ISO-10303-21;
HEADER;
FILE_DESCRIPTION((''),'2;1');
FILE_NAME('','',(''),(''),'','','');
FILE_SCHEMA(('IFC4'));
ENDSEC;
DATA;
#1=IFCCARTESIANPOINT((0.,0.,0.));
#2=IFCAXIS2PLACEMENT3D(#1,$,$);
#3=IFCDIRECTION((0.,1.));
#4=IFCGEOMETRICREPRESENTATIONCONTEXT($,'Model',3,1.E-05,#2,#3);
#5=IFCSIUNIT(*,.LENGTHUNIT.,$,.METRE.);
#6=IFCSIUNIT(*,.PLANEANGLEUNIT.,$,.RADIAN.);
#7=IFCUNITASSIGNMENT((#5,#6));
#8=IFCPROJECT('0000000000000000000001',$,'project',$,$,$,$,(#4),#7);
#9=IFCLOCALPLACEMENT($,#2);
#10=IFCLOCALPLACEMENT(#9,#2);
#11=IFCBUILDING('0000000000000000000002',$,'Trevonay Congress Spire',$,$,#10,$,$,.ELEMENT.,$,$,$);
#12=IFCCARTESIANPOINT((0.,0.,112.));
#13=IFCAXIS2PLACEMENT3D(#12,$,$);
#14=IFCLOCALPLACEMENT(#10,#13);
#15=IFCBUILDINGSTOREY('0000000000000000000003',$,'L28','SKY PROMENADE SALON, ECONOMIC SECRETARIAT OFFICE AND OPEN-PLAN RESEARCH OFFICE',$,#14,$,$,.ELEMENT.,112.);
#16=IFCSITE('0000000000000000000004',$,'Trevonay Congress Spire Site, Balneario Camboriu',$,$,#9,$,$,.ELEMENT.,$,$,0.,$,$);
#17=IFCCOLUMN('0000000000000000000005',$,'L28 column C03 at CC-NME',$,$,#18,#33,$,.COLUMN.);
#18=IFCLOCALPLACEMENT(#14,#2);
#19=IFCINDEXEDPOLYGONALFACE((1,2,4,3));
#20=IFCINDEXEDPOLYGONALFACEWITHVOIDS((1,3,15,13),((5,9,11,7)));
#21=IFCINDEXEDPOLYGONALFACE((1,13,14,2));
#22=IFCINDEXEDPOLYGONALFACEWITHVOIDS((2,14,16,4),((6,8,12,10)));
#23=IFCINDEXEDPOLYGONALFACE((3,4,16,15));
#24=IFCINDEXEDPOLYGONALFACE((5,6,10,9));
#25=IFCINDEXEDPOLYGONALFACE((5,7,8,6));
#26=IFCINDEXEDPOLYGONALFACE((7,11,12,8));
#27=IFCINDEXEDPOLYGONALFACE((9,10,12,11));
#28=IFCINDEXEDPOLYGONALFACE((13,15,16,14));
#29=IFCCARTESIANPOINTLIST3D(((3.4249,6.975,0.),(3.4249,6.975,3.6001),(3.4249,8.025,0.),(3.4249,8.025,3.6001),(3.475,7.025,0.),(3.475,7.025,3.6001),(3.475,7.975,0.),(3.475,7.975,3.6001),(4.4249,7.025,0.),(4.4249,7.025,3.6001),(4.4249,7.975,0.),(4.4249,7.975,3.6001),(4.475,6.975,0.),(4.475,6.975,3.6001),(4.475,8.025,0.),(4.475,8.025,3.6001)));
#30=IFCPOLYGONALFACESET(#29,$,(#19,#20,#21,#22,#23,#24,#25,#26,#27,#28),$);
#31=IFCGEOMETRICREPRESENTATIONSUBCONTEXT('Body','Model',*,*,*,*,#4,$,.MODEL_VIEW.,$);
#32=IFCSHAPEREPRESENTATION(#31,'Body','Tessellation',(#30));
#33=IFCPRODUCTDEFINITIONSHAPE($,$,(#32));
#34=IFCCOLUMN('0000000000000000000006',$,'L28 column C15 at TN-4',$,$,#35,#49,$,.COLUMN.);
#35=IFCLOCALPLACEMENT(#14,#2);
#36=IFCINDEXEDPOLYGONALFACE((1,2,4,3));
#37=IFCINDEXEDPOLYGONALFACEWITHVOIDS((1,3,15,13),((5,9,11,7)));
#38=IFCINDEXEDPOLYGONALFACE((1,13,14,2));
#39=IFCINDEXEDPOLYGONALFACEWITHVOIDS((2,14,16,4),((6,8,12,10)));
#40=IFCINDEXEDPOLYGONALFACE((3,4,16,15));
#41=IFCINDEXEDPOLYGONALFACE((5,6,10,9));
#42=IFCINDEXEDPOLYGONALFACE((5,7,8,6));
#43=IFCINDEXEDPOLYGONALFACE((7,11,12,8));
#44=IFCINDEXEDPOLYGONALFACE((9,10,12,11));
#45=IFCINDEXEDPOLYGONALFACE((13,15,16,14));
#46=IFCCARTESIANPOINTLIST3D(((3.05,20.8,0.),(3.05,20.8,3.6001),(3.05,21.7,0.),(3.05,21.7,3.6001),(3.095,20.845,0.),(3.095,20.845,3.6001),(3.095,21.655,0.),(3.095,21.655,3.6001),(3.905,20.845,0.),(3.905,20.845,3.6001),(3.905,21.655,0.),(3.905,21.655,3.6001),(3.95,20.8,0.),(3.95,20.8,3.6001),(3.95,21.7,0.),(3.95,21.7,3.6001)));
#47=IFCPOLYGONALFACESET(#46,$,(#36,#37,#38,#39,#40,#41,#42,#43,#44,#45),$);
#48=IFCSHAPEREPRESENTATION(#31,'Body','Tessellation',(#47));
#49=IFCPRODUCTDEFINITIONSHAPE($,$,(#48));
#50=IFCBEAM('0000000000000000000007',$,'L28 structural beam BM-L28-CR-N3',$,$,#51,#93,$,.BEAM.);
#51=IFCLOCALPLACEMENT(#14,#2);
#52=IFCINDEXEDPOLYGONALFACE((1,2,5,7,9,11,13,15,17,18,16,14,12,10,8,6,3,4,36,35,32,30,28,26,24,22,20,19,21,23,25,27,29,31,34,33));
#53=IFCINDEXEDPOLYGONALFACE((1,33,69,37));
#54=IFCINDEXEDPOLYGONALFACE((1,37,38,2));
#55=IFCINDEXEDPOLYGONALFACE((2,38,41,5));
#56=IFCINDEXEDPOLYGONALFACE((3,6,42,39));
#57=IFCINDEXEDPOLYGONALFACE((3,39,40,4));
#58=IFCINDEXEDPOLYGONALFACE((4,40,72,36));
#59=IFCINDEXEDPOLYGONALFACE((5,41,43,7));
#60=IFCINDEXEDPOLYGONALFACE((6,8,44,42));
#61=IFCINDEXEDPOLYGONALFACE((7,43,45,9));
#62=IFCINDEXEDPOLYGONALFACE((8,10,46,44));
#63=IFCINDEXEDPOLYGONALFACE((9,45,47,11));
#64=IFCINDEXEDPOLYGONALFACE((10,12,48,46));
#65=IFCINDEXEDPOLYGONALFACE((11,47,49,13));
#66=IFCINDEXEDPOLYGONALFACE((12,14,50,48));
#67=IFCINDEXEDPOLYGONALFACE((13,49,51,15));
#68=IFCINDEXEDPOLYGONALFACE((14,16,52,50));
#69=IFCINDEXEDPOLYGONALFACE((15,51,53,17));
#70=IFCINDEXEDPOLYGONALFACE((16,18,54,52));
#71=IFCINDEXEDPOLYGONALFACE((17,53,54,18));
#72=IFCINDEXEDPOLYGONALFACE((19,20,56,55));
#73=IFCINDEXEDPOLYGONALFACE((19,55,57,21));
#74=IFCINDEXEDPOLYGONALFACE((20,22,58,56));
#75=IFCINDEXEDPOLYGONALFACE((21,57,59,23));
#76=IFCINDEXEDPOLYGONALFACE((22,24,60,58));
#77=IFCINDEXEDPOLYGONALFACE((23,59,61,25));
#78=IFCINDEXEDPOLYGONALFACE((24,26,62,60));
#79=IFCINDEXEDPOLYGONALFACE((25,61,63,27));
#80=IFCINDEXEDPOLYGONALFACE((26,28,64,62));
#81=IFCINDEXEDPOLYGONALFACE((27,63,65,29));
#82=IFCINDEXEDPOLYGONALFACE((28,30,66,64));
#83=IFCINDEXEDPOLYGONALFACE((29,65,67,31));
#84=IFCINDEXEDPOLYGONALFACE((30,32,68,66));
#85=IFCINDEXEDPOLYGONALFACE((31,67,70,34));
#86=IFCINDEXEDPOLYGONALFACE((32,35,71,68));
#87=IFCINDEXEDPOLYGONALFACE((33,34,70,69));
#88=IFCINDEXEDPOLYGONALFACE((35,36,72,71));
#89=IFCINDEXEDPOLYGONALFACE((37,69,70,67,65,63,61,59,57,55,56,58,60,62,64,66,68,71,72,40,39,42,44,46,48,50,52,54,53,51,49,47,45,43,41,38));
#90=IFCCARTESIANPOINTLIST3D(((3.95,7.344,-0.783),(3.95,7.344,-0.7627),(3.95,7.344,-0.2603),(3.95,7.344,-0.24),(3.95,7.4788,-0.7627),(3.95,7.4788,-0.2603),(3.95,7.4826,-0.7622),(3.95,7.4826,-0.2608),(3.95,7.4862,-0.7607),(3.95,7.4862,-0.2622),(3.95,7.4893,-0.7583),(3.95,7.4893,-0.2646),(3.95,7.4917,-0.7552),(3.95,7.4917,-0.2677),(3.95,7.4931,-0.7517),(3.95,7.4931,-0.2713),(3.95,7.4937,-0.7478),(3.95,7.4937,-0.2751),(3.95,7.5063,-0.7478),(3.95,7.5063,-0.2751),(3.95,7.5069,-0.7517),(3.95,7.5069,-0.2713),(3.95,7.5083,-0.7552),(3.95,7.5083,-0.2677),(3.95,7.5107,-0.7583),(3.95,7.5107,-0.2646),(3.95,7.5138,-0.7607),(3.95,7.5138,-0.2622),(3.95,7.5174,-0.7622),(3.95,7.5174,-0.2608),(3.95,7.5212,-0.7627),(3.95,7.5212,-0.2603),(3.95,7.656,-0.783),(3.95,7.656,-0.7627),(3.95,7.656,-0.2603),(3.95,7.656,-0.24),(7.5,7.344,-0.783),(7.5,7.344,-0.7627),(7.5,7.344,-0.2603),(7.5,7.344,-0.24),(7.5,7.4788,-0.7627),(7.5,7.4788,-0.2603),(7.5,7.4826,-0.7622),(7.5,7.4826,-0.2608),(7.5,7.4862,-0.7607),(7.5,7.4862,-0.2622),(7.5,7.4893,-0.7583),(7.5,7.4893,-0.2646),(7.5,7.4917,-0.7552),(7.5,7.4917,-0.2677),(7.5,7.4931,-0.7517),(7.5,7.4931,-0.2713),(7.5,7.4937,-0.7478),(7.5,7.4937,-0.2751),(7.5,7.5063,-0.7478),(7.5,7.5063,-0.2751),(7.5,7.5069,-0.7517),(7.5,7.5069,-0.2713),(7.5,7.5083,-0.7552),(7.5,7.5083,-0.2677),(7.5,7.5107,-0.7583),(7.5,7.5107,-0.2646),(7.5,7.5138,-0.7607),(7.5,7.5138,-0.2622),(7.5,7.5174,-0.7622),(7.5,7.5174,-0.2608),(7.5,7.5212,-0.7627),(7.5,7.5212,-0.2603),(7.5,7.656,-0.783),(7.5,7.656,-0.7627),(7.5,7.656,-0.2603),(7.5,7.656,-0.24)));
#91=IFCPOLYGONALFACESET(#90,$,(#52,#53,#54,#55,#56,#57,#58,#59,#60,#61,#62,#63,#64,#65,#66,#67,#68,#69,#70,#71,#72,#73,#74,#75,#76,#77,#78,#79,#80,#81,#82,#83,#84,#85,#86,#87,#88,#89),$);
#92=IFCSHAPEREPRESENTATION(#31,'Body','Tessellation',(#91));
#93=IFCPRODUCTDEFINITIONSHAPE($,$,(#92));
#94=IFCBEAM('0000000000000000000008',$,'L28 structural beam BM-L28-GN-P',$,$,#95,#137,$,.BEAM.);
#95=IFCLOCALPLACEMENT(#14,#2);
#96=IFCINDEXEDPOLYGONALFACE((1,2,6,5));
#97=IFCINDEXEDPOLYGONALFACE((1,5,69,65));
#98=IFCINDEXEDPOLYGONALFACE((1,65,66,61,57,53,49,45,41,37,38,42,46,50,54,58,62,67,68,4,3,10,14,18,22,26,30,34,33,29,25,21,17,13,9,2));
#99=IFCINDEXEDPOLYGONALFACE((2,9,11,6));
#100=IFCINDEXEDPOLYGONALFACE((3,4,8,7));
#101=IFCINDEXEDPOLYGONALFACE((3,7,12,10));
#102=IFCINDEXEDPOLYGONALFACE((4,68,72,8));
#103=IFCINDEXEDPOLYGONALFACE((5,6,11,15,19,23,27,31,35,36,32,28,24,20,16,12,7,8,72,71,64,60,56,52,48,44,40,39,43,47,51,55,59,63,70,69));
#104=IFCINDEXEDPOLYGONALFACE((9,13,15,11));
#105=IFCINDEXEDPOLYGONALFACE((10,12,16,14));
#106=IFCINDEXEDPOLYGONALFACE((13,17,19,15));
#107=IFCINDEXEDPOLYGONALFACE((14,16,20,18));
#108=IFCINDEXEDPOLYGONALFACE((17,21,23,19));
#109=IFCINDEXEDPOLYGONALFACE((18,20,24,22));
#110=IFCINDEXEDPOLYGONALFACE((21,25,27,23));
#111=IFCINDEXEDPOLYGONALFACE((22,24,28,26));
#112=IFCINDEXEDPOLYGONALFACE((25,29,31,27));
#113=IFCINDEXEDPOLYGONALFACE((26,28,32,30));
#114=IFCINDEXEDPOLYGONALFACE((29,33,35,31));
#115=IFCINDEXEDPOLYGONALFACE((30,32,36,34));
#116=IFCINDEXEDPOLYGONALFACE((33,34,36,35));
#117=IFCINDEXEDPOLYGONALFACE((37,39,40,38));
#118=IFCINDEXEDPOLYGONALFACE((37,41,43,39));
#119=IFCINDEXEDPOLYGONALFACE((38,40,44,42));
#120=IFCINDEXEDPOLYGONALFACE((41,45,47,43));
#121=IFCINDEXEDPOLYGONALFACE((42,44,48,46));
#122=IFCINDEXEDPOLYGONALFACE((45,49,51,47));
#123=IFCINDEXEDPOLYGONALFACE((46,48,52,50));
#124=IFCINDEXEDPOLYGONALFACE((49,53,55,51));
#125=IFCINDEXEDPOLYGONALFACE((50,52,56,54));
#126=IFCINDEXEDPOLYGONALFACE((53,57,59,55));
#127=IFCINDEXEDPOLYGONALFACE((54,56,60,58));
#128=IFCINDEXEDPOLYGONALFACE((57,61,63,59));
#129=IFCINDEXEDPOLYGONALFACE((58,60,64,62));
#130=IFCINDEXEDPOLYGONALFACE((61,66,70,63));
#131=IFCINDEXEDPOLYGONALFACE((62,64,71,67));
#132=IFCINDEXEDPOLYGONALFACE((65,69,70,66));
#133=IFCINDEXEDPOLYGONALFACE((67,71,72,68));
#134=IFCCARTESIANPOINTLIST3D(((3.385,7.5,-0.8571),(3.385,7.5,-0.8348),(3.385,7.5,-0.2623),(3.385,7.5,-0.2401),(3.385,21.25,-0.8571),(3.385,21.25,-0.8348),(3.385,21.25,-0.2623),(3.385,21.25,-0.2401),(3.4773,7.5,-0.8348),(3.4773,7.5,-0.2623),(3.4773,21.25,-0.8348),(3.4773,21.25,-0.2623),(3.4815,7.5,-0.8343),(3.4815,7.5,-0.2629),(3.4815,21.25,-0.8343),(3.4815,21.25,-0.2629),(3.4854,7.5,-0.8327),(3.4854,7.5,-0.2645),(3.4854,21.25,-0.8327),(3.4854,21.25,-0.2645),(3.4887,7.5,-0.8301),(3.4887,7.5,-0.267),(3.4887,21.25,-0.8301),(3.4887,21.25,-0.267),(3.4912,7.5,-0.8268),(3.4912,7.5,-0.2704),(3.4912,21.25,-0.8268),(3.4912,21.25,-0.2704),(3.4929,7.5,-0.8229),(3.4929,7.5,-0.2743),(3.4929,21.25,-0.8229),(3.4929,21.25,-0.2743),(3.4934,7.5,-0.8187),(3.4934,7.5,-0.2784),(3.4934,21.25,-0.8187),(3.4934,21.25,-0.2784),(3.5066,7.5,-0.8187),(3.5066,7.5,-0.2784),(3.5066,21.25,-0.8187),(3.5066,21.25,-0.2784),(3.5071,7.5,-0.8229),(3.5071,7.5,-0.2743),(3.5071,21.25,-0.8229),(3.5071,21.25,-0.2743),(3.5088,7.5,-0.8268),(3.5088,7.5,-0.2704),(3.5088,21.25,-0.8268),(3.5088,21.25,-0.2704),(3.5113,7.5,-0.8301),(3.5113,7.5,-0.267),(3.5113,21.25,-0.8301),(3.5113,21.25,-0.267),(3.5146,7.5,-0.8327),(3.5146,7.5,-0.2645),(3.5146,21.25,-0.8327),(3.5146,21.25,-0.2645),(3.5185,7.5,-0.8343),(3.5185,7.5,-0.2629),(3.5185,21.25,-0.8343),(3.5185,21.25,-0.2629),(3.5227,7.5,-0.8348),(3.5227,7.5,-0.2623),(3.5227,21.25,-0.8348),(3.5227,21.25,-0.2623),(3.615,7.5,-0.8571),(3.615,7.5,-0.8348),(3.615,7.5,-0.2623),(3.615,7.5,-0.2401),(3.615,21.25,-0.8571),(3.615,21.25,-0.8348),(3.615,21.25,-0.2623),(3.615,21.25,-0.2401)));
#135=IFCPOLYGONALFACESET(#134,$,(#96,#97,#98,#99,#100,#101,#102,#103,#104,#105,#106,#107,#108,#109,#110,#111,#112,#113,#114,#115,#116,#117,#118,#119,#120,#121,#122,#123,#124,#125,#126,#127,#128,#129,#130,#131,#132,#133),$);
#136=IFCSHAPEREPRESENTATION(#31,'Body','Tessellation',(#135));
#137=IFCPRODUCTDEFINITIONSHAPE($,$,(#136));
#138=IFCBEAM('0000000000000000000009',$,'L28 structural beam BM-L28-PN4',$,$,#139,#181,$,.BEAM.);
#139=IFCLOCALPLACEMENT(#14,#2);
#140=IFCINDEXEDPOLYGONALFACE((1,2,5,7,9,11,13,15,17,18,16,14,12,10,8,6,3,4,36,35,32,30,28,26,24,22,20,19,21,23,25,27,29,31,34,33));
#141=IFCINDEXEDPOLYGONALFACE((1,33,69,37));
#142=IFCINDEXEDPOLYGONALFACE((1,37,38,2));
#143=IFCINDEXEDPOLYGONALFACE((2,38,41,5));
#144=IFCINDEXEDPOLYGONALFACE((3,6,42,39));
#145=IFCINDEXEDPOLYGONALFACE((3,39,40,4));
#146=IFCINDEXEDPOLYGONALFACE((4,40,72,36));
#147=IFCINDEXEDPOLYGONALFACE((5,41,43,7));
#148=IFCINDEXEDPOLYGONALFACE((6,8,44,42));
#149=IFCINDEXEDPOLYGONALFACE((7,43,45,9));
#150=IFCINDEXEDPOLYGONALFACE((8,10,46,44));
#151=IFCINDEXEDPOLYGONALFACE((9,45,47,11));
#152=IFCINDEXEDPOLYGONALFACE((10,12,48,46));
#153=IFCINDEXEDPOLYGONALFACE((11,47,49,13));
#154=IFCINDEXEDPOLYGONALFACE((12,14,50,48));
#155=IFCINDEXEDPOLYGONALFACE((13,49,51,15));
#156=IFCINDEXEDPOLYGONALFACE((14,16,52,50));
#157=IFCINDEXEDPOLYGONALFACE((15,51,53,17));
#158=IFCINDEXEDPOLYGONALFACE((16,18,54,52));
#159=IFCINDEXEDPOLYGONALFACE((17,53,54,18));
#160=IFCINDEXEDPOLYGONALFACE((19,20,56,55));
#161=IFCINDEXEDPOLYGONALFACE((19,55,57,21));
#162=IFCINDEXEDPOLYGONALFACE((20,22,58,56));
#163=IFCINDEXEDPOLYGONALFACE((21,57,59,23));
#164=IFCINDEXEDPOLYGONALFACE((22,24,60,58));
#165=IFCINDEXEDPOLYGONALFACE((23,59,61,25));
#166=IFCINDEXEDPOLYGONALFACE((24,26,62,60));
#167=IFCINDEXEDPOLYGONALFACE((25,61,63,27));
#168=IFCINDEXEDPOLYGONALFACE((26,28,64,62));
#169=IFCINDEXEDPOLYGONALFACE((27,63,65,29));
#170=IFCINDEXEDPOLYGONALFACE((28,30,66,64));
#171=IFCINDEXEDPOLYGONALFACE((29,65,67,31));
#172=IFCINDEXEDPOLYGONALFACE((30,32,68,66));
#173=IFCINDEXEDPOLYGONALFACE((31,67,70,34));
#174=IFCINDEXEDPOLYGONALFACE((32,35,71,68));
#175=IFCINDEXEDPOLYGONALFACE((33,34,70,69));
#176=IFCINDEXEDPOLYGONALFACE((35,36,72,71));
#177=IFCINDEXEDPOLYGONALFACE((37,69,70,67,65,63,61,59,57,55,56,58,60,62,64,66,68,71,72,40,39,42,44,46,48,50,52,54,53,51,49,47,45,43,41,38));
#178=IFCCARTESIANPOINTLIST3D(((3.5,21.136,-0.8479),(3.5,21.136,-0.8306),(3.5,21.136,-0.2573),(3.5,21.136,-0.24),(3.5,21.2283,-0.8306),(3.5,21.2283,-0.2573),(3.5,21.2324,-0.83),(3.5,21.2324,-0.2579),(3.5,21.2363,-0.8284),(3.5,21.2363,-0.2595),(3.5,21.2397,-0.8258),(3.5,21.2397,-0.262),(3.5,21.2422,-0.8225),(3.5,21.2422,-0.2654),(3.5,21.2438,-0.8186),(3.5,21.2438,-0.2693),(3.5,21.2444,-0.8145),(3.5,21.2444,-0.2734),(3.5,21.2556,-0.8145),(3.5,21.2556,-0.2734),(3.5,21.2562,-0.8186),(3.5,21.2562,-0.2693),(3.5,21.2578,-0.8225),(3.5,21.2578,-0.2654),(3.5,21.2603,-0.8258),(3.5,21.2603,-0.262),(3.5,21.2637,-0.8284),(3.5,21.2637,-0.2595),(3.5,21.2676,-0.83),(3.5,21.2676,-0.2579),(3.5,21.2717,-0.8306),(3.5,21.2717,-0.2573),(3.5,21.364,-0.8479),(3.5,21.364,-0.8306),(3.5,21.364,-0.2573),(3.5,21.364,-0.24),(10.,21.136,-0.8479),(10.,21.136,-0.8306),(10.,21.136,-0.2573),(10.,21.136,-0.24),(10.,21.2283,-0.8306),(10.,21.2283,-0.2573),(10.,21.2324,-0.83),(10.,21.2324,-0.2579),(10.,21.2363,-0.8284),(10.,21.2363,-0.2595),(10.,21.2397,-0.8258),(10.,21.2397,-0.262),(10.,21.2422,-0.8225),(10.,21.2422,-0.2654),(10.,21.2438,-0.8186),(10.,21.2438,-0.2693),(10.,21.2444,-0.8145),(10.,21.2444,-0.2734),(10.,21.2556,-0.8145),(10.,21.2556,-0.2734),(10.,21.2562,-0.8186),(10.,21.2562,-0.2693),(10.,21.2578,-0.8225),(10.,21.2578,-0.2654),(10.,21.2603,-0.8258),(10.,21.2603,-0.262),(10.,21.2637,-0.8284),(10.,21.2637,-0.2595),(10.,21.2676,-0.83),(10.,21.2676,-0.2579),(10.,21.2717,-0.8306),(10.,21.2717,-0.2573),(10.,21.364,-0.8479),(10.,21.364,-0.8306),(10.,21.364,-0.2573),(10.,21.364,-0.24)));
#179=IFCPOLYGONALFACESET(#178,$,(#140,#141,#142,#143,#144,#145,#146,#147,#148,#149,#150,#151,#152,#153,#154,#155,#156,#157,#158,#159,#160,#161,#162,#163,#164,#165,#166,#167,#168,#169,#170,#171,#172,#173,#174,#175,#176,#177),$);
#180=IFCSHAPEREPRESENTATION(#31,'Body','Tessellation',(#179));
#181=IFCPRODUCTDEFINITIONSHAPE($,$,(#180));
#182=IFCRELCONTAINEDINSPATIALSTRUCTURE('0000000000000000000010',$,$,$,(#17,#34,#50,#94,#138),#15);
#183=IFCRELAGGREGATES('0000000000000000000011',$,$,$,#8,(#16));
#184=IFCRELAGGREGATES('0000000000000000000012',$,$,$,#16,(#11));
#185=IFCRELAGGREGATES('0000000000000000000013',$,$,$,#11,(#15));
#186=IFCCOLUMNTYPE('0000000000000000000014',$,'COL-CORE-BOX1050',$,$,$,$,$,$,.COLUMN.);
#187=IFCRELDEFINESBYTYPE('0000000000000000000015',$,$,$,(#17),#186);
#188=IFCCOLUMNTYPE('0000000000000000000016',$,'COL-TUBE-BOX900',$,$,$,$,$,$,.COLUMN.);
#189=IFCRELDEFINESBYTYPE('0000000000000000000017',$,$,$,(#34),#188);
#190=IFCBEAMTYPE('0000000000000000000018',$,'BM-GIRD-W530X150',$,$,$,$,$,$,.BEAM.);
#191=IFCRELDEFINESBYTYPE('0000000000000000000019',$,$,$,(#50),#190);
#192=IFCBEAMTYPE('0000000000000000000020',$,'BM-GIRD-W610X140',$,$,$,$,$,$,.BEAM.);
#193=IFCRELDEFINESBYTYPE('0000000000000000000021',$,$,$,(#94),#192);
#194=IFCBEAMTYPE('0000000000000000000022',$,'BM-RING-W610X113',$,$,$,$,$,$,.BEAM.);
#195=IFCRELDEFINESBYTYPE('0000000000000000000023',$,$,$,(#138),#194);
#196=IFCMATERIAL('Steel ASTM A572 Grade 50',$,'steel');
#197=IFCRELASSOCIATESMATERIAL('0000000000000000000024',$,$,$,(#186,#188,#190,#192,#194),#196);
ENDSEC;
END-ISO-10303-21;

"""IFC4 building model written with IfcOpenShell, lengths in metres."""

from ifc_helpers import new_model, si_unit, direction, frame, origin, origin_2d, place, context, subcontext, project, spatial, hollow_rectangle, i_section, extrude, material, material_profile, profile_set, type_object, element, save


model = new_model("IFC4")

# Units and contexts
model_context = context("Model", 3, precision=1e-05, world=origin(), true_north=direction((0.0, 1.0)))
body_context = subcontext(model_context, "Body", "Model", "MODEL_VIEW")
ifc_project = project(units=[si_unit("LENGTHUNIT", "METRE"), si_unit("PLANEANGLEUNIT", "RADIAN")], contexts=[model_context])

# Site, building, storey
site_placement = place(None, origin())
site = spatial("IfcSite", under=ifc_project, at=site_placement, Name="Trevonay Congress Spire Site, Balneario Camboriu", CompositionType="ELEMENT", RefElevation=0.0)
building_placement = place(site_placement, origin())
building = spatial("IfcBuilding", under=site, at=building_placement, Name="Trevonay Congress Spire", CompositionType="ELEMENT")
storey_placement = place(building_placement, frame((0.0, 0.0, 112.0)))
storey = spatial("IfcBuildingStorey", under=building, at=storey_placement, Name="L28", Description="SKY PROMENADE SALON, ECONOMIC SECRETARIAT OFFICE AND OPEN-PLAN RESEARCH OFFICE", CompositionType="ELEMENT", Elevation=112.0)

# Columns
ifc_material_1 = material(Name="Steel ASTM A572 Grade 50", Category="steel")
ifc_material_profile_1 = material_profile(ifc_material_1, hollow_rectangle(XDim=1.05, YDim=1.05, WallThickness=0.05, at=origin_2d()), Name="BOX 1050x1050x50")
ifc_profile_set_1 = profile_set([ifc_material_profile_1], Name="Steel ASTM A572 Grade 50")
column_type_1 = type_object("IfcColumnType", Name="COL-CORE-BOX1050", PredefinedType="COLUMN", material=ifc_profile_set_1)
column_1_placement = place(storey_placement, frame((3.95, 7.5, 0.0), z_axis=(0.0, 0.0, 1.0), x_axis=(1.0, 0.0, 0.0)))
element("IfcColumn", 1, at=column_1_placement, inside=storey, type_object=column_type_1, Name="L28 column C03 at CC-NME", PredefinedType="COLUMN", context=body_context, shape_type="SweptSolid", body=[
    extrude(hollow_rectangle(XDim=1.05, YDim=1.05, WallThickness=0.05, at=origin_2d()), origin(), (0.0, 0.0, 1.0), 3.6001),
])
ifc_material_profile_2 = material_profile(ifc_material_1, hollow_rectangle(XDim=0.8999, YDim=0.8999, WallThickness=0.0449, at=origin_2d()), Name="BOX 900x900x45")
ifc_profile_set_2 = profile_set([ifc_material_profile_2], Name="Steel ASTM A572 Grade 50")
column_type_2 = type_object("IfcColumnType", Name="COL-TUBE-BOX900", PredefinedType="COLUMN", material=ifc_profile_set_2)
column_2_placement = place(storey_placement, frame((3.5, 21.25, 0.0), z_axis=(0.0, 0.0, 1.0), x_axis=(1.0, 0.0, 0.0)))
element("IfcColumn", 2, at=column_2_placement, inside=storey, type_object=column_type_2, Name="L28 column C15 at TN-4", PredefinedType="COLUMN", context=body_context, shape_type="SweptSolid", body=[
    extrude(hollow_rectangle(XDim=0.8999, YDim=0.8999, WallThickness=0.0449, at=origin_2d()), origin(), (0.0, 0.0, 1.0), 3.6001),
])

# Beams
ifc_material_profile_3 = material_profile(ifc_material_1, i_section(OverallWidth=0.312, OverallDepth=0.543, WebThickness=0.0127, FlangeThickness=0.0203, FilletRadius=0.0149, at=origin_2d()), Name="W530x150")
ifc_profile_set_3 = profile_set([ifc_material_profile_3], Name="Steel ASTM A572 Grade 50")
beam_type_1 = type_object("IfcBeamType", Name="BM-GIRD-W530X150", PredefinedType="BEAM", material=ifc_profile_set_3)
beam_1_placement = place(storey_placement, frame((3.95, 7.5, -0.5115), z_axis=(1.0, 0.0, 0.0), x_axis=(0.0, 1.0, 0.0)))
element("IfcBeam", 3, at=beam_1_placement, inside=storey, type_object=beam_type_1, Name="L28 structural beam BM-L28-CR-N3", PredefinedType="BEAM", context=body_context, shape_type="SweptSolid", body=[
    extrude(i_section(OverallWidth=0.312, OverallDepth=0.543, WebThickness=0.0127, FlangeThickness=0.0203, FilletRadius=0.0149, at=origin_2d()), origin(), (0.0, 0.0, 1.0), 3.55),
])
ifc_material_profile_4 = material_profile(ifc_material_1, i_section(OverallWidth=0.23, OverallDepth=0.6169, WebThickness=0.0132, FlangeThickness=0.0222, FilletRadius=0.0161, at=origin_2d()), Name="W610x140")
ifc_profile_set_4 = profile_set([ifc_material_profile_4], Name="Steel ASTM A572 Grade 50")
beam_type_2 = type_object("IfcBeamType", Name="BM-GIRD-W610X140", PredefinedType="BEAM", material=ifc_profile_set_4)
beam_2_placement = place(storey_placement, frame((3.5, 7.5, -0.5486), z_axis=(0.0, 1.0, 0.0), x_axis=(-1.0, 0.0, 0.0)))
element("IfcBeam", 4, at=beam_2_placement, inside=storey, type_object=beam_type_2, Name="L28 structural beam BM-L28-GN-P", PredefinedType="BEAM", context=body_context, shape_type="SweptSolid", body=[
    extrude(i_section(OverallWidth=0.23, OverallDepth=0.6169, WebThickness=0.0132, FlangeThickness=0.0222, FilletRadius=0.0161, at=origin_2d()), origin(), (0.0, 0.0, 1.0), 13.75),
])
ifc_material_profile_5 = material_profile(ifc_material_1, i_section(OverallWidth=0.228, OverallDepth=0.6079, WebThickness=0.0112, FlangeThickness=0.0173, FilletRadius=0.0161, at=origin_2d()), Name="W610x113")
ifc_profile_set_5 = profile_set([ifc_material_profile_5], Name="Steel ASTM A572 Grade 50")
beam_type_3 = type_object("IfcBeamType", Name="BM-RING-W610X113", PredefinedType="BEAM", material=ifc_profile_set_5)
beam_3_placement = place(storey_placement, frame((3.5, 21.25, -0.5439), z_axis=(1.0, 0.0, 0.0), x_axis=(0.0, 1.0, 0.0)))
element("IfcBeam", 5, at=beam_3_placement, inside=storey, type_object=beam_type_3, Name="L28 structural beam BM-L28-PN4", PredefinedType="BEAM", context=body_context, shape_type="SweptSolid", body=[
    extrude(i_section(OverallWidth=0.228, OverallDepth=0.6079, WebThickness=0.0112, FlangeThickness=0.0173, FilletRadius=0.0161, at=origin_2d()), origin(), (0.0, 0.0, 1.0), 6.5),
])

save(model, "model.ifc")
